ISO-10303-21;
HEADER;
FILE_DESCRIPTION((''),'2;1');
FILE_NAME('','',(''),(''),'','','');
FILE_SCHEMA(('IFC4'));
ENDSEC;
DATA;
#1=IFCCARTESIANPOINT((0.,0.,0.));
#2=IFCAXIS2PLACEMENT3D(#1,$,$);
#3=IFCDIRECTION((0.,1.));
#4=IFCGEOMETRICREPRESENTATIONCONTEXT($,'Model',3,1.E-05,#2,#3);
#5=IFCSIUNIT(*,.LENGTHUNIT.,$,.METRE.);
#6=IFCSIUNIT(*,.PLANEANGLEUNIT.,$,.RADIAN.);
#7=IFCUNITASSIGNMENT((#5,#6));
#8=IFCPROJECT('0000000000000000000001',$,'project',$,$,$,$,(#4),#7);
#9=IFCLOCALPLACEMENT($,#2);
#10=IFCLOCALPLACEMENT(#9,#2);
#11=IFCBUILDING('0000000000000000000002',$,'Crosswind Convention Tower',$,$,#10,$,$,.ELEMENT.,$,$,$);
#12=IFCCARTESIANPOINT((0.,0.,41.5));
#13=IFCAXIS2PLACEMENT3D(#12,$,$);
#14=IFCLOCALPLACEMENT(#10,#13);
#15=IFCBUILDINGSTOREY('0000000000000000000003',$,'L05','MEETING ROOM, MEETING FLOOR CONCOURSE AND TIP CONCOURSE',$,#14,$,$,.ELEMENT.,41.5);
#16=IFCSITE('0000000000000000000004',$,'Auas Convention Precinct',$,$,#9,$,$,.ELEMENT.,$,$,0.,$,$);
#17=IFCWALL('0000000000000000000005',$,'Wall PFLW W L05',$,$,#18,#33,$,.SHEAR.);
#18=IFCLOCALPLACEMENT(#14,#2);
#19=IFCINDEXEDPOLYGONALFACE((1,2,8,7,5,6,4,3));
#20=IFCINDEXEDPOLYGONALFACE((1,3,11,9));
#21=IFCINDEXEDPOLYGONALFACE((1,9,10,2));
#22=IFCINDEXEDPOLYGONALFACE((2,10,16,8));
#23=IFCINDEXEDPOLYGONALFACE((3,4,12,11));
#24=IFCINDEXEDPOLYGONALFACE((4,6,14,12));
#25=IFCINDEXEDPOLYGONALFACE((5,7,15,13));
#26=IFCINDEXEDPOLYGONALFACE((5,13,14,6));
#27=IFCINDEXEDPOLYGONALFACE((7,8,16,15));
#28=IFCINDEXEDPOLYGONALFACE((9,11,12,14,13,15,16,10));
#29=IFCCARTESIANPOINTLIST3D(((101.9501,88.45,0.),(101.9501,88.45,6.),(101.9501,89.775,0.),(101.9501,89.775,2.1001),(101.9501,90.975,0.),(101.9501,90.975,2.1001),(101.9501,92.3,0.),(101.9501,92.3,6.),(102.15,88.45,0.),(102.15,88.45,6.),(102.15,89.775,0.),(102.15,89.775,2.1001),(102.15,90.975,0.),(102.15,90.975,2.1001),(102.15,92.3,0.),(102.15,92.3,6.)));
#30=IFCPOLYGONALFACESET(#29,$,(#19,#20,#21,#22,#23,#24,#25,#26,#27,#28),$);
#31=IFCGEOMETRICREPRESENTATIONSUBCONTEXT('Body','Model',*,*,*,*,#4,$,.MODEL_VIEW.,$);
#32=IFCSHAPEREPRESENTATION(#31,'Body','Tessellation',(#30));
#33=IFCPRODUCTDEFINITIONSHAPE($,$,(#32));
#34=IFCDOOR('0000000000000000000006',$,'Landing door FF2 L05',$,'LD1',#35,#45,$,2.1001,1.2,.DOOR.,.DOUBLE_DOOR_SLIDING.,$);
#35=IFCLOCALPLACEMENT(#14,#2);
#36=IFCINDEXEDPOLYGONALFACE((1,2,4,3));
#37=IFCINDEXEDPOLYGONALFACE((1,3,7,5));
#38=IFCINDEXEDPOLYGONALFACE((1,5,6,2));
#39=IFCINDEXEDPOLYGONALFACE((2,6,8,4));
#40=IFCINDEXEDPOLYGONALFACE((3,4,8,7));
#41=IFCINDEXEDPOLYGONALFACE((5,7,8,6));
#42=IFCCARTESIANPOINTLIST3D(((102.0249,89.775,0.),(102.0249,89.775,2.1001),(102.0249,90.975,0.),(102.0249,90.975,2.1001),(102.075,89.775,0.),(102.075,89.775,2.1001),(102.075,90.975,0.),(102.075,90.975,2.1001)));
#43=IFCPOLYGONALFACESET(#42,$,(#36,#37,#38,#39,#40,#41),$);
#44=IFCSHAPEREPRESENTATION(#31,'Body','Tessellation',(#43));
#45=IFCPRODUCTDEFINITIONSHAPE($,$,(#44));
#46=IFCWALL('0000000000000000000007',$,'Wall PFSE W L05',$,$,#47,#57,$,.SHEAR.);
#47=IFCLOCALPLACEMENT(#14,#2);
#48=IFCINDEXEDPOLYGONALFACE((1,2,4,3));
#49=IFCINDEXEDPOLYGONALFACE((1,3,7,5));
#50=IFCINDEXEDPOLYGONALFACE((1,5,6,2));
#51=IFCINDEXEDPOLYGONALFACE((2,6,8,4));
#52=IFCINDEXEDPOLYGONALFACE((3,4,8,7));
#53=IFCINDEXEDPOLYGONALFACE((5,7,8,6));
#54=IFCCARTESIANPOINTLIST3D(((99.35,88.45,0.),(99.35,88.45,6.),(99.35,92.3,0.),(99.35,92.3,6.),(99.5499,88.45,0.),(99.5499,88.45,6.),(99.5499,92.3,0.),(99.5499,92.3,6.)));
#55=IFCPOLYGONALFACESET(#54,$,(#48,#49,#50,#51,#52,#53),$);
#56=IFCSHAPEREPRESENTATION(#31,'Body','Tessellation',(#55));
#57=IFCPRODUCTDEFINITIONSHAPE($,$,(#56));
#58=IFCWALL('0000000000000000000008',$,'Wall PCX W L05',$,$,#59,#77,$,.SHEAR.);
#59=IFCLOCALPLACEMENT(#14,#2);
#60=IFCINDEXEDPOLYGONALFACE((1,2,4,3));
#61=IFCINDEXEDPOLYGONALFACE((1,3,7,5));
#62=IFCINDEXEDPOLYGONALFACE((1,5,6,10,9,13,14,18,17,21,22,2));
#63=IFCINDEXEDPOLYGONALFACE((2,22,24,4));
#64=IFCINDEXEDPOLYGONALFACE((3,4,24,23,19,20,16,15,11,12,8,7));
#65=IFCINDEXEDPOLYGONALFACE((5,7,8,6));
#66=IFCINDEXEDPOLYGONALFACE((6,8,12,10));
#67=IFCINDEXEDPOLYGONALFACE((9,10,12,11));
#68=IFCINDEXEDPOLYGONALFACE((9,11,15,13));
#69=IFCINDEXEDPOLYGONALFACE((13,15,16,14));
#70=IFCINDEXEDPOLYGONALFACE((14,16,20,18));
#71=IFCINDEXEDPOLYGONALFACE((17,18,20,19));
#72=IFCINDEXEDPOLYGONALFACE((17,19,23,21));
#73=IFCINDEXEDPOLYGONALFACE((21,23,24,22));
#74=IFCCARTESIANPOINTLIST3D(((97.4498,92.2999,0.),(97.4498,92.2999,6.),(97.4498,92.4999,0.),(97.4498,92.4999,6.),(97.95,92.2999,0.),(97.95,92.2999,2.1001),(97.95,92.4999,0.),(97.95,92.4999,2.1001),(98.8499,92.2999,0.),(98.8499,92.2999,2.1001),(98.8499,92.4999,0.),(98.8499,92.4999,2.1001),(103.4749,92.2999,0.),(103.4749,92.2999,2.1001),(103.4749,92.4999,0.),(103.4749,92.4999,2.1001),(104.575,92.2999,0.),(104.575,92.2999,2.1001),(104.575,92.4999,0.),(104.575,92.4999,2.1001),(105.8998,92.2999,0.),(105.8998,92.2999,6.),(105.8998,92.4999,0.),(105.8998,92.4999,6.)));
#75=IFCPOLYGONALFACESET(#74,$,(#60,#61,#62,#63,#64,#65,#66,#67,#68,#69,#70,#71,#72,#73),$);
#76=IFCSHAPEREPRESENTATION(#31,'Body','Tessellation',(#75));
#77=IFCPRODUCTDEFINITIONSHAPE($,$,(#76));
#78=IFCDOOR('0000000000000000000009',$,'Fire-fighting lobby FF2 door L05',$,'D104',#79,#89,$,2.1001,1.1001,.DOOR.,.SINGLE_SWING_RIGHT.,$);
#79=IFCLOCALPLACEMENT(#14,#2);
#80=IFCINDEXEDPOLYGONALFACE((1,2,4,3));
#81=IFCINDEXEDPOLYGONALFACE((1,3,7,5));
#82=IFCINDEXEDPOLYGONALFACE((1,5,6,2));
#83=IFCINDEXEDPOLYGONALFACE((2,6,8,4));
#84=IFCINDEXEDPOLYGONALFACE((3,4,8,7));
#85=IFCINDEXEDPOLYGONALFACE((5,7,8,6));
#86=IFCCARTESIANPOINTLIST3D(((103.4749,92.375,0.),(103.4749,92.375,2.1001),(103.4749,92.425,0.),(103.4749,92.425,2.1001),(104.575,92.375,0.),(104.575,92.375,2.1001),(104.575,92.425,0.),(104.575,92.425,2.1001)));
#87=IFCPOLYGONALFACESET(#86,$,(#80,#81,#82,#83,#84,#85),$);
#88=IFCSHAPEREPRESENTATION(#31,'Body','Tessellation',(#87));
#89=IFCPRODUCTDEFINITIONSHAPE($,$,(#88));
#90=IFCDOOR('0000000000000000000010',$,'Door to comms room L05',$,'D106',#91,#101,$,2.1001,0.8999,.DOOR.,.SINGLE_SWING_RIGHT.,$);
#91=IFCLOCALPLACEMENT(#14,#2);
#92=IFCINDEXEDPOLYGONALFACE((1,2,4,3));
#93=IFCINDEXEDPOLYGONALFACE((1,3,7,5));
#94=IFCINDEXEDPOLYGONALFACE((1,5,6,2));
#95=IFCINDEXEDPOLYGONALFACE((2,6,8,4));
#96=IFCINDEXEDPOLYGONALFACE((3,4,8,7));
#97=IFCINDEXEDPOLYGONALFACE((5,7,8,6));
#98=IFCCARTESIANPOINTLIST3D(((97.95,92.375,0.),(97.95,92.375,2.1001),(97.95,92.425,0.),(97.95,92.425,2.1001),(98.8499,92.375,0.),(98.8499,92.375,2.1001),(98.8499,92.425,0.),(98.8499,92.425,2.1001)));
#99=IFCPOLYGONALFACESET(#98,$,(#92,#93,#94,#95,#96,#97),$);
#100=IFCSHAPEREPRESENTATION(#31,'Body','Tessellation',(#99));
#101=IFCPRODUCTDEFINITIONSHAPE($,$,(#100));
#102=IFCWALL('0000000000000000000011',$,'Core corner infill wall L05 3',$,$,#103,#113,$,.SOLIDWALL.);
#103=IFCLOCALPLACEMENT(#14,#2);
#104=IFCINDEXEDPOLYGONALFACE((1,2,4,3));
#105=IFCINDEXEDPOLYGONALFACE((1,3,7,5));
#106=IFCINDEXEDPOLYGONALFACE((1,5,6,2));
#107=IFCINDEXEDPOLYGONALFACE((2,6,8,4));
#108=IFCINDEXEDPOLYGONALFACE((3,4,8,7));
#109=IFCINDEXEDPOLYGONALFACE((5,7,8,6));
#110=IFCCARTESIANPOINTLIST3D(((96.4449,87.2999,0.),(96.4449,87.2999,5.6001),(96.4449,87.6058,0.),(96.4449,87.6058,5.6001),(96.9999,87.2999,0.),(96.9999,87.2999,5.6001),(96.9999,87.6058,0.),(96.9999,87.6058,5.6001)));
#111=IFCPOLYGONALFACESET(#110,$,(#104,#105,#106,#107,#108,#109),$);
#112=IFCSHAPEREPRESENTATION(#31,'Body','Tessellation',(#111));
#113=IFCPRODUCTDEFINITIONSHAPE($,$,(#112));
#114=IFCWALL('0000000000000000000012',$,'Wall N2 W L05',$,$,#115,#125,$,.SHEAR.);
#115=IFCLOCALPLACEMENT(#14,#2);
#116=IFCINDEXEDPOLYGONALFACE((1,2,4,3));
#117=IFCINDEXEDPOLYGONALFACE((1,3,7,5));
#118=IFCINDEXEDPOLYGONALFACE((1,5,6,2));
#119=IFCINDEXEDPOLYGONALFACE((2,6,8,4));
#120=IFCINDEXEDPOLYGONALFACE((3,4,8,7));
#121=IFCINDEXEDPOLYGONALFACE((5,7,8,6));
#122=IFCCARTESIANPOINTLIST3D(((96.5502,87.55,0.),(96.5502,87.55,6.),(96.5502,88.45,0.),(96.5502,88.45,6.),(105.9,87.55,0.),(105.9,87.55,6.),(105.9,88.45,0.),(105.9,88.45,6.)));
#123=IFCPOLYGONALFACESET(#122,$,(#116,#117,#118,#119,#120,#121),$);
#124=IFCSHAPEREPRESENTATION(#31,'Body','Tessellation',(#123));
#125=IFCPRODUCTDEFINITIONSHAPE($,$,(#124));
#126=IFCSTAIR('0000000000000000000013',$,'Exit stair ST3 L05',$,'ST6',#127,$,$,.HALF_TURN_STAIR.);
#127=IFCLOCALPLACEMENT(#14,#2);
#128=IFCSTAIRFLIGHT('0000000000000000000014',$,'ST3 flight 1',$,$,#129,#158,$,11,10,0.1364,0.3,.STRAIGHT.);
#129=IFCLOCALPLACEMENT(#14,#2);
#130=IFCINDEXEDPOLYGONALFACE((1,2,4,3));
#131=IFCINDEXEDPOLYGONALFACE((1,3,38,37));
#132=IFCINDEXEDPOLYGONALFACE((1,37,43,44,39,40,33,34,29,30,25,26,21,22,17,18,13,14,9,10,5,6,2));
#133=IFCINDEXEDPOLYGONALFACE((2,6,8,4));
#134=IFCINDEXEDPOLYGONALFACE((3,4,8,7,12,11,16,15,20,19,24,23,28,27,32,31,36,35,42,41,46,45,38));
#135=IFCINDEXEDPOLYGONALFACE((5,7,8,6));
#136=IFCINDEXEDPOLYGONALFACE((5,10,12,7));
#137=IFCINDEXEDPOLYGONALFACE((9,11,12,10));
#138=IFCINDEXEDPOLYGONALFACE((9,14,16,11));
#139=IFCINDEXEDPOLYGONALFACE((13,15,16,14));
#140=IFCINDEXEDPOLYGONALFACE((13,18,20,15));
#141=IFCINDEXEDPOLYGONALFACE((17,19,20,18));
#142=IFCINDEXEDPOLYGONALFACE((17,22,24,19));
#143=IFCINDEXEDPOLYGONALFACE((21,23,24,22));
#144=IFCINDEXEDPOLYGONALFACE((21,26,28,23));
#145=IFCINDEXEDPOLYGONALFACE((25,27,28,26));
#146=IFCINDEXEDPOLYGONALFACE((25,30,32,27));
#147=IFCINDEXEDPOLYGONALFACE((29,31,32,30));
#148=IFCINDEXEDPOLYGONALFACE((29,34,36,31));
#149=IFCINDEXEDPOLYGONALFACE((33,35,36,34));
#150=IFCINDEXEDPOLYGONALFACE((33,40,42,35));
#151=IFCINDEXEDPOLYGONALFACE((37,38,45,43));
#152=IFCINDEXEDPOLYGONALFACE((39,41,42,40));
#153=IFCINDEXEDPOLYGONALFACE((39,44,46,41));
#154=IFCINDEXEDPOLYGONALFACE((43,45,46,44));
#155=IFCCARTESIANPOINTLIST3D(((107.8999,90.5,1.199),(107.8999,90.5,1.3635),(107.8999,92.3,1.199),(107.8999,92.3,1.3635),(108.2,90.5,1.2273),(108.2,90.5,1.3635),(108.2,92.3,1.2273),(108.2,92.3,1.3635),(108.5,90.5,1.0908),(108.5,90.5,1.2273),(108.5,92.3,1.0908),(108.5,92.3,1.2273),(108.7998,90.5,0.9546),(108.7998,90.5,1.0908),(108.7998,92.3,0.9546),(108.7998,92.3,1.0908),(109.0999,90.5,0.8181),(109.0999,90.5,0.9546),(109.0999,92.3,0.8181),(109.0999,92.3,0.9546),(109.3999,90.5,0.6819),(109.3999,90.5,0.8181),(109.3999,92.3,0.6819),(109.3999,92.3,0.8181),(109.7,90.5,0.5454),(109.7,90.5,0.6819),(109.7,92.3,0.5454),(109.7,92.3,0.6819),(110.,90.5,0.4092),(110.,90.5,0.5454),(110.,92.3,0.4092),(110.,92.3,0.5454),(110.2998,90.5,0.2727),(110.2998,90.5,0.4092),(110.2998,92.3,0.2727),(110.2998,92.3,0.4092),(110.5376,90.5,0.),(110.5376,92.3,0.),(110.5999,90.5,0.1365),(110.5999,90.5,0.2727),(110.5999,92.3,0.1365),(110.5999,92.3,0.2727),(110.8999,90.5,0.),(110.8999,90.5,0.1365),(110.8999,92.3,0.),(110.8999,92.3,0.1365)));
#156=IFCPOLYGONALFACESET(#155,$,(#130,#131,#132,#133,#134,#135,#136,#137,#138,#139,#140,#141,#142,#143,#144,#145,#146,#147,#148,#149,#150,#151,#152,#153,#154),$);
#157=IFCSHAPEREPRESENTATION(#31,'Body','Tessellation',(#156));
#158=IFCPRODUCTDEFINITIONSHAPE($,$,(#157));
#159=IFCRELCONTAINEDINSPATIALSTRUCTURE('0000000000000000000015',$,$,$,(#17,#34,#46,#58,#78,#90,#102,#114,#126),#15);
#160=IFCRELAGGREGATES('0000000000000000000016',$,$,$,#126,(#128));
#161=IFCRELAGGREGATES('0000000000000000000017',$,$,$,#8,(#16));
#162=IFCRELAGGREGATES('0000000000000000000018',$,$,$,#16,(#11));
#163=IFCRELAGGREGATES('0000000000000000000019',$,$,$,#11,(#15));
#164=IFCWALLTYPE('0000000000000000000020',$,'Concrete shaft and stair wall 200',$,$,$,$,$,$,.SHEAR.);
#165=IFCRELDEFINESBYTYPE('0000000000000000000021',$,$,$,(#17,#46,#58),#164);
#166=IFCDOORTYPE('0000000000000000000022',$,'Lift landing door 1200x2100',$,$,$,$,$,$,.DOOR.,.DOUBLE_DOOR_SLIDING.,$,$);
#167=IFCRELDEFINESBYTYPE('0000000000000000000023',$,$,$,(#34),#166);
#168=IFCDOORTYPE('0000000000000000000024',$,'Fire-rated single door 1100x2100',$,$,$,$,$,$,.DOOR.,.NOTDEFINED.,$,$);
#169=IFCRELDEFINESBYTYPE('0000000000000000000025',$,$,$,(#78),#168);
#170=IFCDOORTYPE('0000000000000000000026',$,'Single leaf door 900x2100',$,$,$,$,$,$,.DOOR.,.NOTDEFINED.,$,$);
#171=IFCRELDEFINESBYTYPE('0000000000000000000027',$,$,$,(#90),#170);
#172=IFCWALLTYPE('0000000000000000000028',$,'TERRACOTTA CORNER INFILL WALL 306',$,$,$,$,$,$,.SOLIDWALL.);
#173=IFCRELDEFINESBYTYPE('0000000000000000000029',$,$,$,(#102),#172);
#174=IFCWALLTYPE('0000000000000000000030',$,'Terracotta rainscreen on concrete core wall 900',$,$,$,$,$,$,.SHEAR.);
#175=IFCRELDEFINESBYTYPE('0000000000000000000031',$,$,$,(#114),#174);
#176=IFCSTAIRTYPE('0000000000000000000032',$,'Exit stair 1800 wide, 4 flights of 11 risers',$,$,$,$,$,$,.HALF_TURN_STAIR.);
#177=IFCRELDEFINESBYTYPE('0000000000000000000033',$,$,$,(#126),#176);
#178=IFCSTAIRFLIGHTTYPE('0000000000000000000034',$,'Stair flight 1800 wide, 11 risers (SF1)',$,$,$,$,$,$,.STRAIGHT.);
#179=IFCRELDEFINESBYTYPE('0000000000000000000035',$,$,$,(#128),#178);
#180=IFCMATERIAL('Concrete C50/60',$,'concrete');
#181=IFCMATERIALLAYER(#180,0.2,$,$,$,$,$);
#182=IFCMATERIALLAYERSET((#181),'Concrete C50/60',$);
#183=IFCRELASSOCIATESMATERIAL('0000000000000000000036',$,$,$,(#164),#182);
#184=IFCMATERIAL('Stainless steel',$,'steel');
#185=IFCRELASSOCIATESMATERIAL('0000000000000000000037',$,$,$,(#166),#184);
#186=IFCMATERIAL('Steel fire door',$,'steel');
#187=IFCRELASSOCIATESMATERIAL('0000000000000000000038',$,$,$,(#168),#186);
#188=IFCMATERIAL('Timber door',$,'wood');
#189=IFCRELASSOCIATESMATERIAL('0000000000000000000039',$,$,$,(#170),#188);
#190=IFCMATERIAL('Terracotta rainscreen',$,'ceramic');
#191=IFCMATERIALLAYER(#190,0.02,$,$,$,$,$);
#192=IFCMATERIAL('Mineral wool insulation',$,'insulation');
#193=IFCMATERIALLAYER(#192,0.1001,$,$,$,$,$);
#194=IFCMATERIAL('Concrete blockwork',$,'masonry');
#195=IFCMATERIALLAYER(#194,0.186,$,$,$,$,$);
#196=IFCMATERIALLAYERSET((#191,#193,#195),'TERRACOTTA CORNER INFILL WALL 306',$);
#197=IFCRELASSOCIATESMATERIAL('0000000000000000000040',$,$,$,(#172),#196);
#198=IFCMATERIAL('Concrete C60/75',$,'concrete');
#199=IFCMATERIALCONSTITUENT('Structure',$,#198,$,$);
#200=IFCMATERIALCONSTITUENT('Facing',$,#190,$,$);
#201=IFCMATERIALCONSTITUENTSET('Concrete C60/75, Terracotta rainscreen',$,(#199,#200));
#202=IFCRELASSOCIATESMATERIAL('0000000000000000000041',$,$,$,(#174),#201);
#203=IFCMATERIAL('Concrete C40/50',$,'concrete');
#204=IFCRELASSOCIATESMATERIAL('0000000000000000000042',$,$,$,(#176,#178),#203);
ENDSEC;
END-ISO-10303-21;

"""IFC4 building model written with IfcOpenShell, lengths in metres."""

from ifc_helpers import new_model, si_unit, direction, frame, frame_2d, origin, place, context, subcontext, project, spatial, polyline, rectangle, outline, extrude, material, layer, layer_set, constituent, constituent_set, type_object, element, fill, aggregate, save


model = new_model("IFC4")

# Units and contexts
model_context = context("Model", 3, precision=1e-05, world=origin(), true_north=direction((0.0, 1.0)))
body_context = subcontext(model_context, "Body", "Model", "MODEL_VIEW")
ifc_project = project(units=[si_unit("LENGTHUNIT", "METRE"), si_unit("PLANEANGLEUNIT", "RADIAN")], contexts=[model_context])

# Site, building, storey
site_placement = place(None, origin())
site = spatial("IfcSite", under=ifc_project, at=site_placement, Name="Auas Convention Precinct", CompositionType="ELEMENT", RefElevation=0.0)
building_placement = place(site_placement, origin())
building = spatial("IfcBuilding", under=site, at=building_placement, Name="Crosswind Convention Tower", CompositionType="ELEMENT")
storey_placement = place(building_placement, frame((0.0, 0.0, 41.5)))
storey = spatial("IfcBuildingStorey", under=building, at=storey_placement, Name="L05", Description="MEETING ROOM, MEETING FLOOR CONCOURSE AND TIP CONCOURSE", CompositionType="ELEMENT", Elevation=41.5)

# Shared definitions
ifc_material_1 = material(Name="Concrete C50/60", Category="concrete")
ifc_layer_1 = layer(ifc_material_1, 0.2)
ifc_layer_set_1 = layer_set([ifc_layer_1], Name="Concrete C50/60")
wall_type_1 = type_object("IfcWallType", Name="Concrete shaft and stair wall 200", PredefinedType="SHEAR", material=ifc_layer_set_1)

# Wall, opening, door
wall_1_placement = place(storey_placement, frame((102.05, 92.3, 0.0), z_axis=(0.0, 0.0, 1.0), x_axis=(0.0, -1.0, 0.0)))
wall_1 = element("IfcWall", 1, at=wall_1_placement, inside=storey, type_object=wall_type_1, Name="Wall PFLW W L05", PredefinedType="SHEAR", context=body_context, shape_type="SweptSolid", body=[
    extrude(rectangle(XDim=3.8501, YDim=0.2, at=frame_2d((1.925, 0.0))), origin(), (0.0, 0.0, 1.0), 6.0),
])
opening_1_placement = place(wall_1_placement, frame((1.325, 0.0, 0.0)))
opening_1 = element("IfcOpeningElement", 2, at=opening_1_placement, cuts=wall_1, PredefinedType="OPENING", context=body_context, shape_type="SweptSolid", body=[
    extrude(rectangle(XDim=1.2, YDim=2.1001, at=frame_2d((0.6001, 1.05))), frame((0.0, 0.1099, 0.0), z_axis=(0.0, -1.0, 0.0), x_axis=(1.0, 0.0, 0.0)), (0.0, 0.0, 1.0), 0.22),
])
ifc_material_2 = material(Name="Stainless steel", Category="steel")
door_type_1 = type_object("IfcDoorType", Name="Lift landing door 1200x2100", OperationType="DOUBLE_DOOR_SLIDING", PredefinedType="DOOR", material=ifc_material_2)
door_1_placement = place(opening_1_placement, origin())
door_1 = element("IfcDoor", 3, at=door_1_placement, inside=storey, type_object=door_type_1, Name="Landing door FF2 L05", ObjectType="LD1", OperationType="DOUBLE_DOOR_SLIDING", OverallHeight=2.1001, OverallWidth=1.2, PredefinedType="DOOR", context=body_context, shape_type="SweptSolid", body=[
    extrude(rectangle(XDim=1.2, YDim=2.1001, at=frame_2d((0.6001, 1.05))), frame((0.0, 0.0249, 0.0), z_axis=(0.0, -1.0, 0.0), x_axis=(1.0, 0.0, 0.0)), (0.0, 0.0, 1.0), 0.05),
])
fill(opening_1, door_1)

# Wall
wall_2_placement = place(storey_placement, frame((99.45, 92.3, 0.0), z_axis=(0.0, 0.0, 1.0), x_axis=(0.0, -1.0, 0.0)))
element("IfcWall", 4, at=wall_2_placement, inside=storey, type_object=wall_type_1, Name="Wall PFSE W L05", PredefinedType="SHEAR", context=body_context, shape_type="SweptSolid", body=[
    extrude(rectangle(XDim=3.8501, YDim=0.2, at=frame_2d((1.925, 0.0))), origin(), (0.0, 0.0, 1.0), 6.0),
])

# Wall, openings, doors
wall_3_placement = place(storey_placement, frame((105.8999, 92.3999, 0.0), z_axis=(0.0, 0.0, 1.0), x_axis=(-1.0, 0.0, 0.0)))
wall_3 = element("IfcWall", 5, at=wall_3_placement, inside=storey, type_object=wall_type_1, Name="Wall PCX W L05", PredefinedType="SHEAR", context=body_context, shape_type="SweptSolid", body=[
    extrude(rectangle(XDim=8.45, YDim=0.2, at=frame_2d((4.2251, 0.0))), origin(), (0.0, 0.0, 1.0), 6.0),
])
opening_2_placement = place(wall_3_placement, frame((1.325, 0.0, 0.0)))
opening_2 = element("IfcOpeningElement", 6, at=opening_2_placement, cuts=wall_3, PredefinedType="OPENING", context=body_context, shape_type="SweptSolid", body=[
    extrude(rectangle(XDim=1.1001, YDim=2.1001, at=frame_2d((0.55, 1.05))), frame((0.0, 0.1099, 0.0), z_axis=(0.0, -1.0, 0.0), x_axis=(1.0, 0.0, 0.0)), (0.0, 0.0, 1.0), 0.22),
])
opening_3_placement = place(wall_3_placement, frame((7.05, 0.0, 0.0)))
opening_3 = element("IfcOpeningElement", 7, at=opening_3_placement, cuts=wall_3, PredefinedType="OPENING", context=body_context, shape_type="SweptSolid", body=[
    extrude(rectangle(XDim=0.8999, YDim=2.1001, at=frame_2d((0.45, 1.05))), frame((0.0, 0.1099, 0.0), z_axis=(0.0, -1.0, 0.0), x_axis=(1.0, 0.0, 0.0)), (0.0, 0.0, 1.0), 0.22),
])
ifc_material_3 = material(Name="Steel fire door", Category="steel")
door_type_2 = type_object("IfcDoorType", Name="Fire-rated single door 1100x2100", OperationType="NOTDEFINED", PredefinedType="DOOR", material=ifc_material_3)
door_2_placement = place(opening_2_placement, origin())
door_2 = element("IfcDoor", 8, at=door_2_placement, inside=storey, type_object=door_type_2, Name="Fire-fighting lobby FF2 door L05", ObjectType="D104", OperationType="SINGLE_SWING_RIGHT", OverallHeight=2.1001, OverallWidth=1.1001, PredefinedType="DOOR", context=body_context, shape_type="SweptSolid", body=[
    extrude(rectangle(XDim=1.1001, YDim=2.1001, at=frame_2d((0.55, 1.05))), frame((0.0, 0.0249, 0.0), z_axis=(0.0, -1.0, 0.0), x_axis=(1.0, 0.0, 0.0)), (0.0, 0.0, 1.0), 0.05),
])
fill(opening_2, door_2)
ifc_material_4 = material(Name="Timber door", Category="wood")
door_type_3 = type_object("IfcDoorType", Name="Single leaf door 900x2100", OperationType="NOTDEFINED", PredefinedType="DOOR", material=ifc_material_4)
door_3_placement = place(opening_3_placement, origin())
door_3 = element("IfcDoor", 9, at=door_3_placement, inside=storey, type_object=door_type_3, Name="Door to comms room L05", ObjectType="D106", OperationType="SINGLE_SWING_RIGHT", OverallHeight=2.1001, OverallWidth=0.8999, PredefinedType="DOOR", context=body_context, shape_type="SweptSolid", body=[
    extrude(rectangle(XDim=0.8999, YDim=2.1001, at=frame_2d((0.45, 1.05))), frame((0.0, 0.0249, 0.0), z_axis=(0.0, -1.0, 0.0), x_axis=(1.0, 0.0, 0.0)), (0.0, 0.0, 1.0), 0.05),
])
fill(opening_3, door_3)

# Walls
ifc_material_5 = material(Name="Terracotta rainscreen", Category="ceramic")
ifc_layer_2 = layer(ifc_material_5, 0.02)
ifc_material_6 = material(Name="Mineral wool insulation", Category="insulation")
ifc_layer_3 = layer(ifc_material_6, 0.1001)
ifc_material_7 = material(Name="Concrete blockwork", Category="masonry")
ifc_layer_4 = layer(ifc_material_7, 0.186)
ifc_layer_set_2 = layer_set([ifc_layer_2, ifc_layer_3, ifc_layer_4], Name="TERRACOTTA CORNER INFILL WALL 306")
wall_type_2 = type_object("IfcWallType", Name="TERRACOTTA CORNER INFILL WALL 306", PredefinedType="SOLIDWALL", material=ifc_layer_set_2)
wall_4_placement = place(storey_placement, frame((96.4451, 87.4529, 0.0), z_axis=(0.0, 0.0, 1.0), x_axis=(1.0, 0.0, 0.0)))
element("IfcWall", 10, at=wall_4_placement, inside=storey, type_object=wall_type_2, Name="Core corner infill wall L05 3", PredefinedType="SOLIDWALL", context=body_context, shape_type="SweptSolid", body=[
    extrude(rectangle(XDim=0.5549, YDim=0.3059, at=frame_2d((0.2773, 0.0))), origin(), (0.0, 0.0, 1.0), 5.6001),
])
ifc_material_8 = material(Name="Concrete C60/75", Category="concrete")
ifc_constituent_1 = constituent(ifc_material_8, Name="Structure")
ifc_constituent_2 = constituent(ifc_material_5, Name="Facing")
ifc_constituent_set = constituent_set(constituents=[ifc_constituent_1, ifc_constituent_2], Name="Concrete C60/75, Terracotta rainscreen")
wall_type_3 = type_object("IfcWallType", Name="Terracotta rainscreen on concrete core wall 900", PredefinedType="SHEAR", material=ifc_constituent_set)
wall_5_placement = place(storey_placement, frame((105.8999, 88.0, 0.0), z_axis=(0.0, 0.0, 1.0), x_axis=(-1.0, 0.0, 0.0)))
element("IfcWall", 11, at=wall_5_placement, inside=storey, type_object=wall_type_3, Name="Wall N2 W L05", PredefinedType="SHEAR", context=body_context, shape_type="SweptSolid", body=[
    extrude(rectangle(XDim=9.3499, YDim=0.8999, at=frame_2d((4.6748, 0.0))), origin(), (0.0, 0.0, 1.0), 6.0),
])

# Stair, stair flight
ifc_material_9 = material(Name="Concrete C40/50", Category="concrete")
stair_type = type_object("IfcStairType", Name="Exit stair 1800 wide, 4 flights of 11 risers", PredefinedType="HALF_TURN_STAIR", material=ifc_material_9)
stair_placement = place(storey_placement, origin())
stair = element("IfcStair", 12, at=stair_placement, inside=storey, type_object=stair_type, Name="Exit stair ST3 L05", ObjectType="ST6", PredefinedType="HALF_TURN_STAIR")
stair_flight_type = type_object("IfcStairFlightType", Name="Stair flight 1800 wide, 11 risers (SF1)", PredefinedType="STRAIGHT", material=ifc_material_9)
stair_flight_1_placement = place(storey_placement, frame((110.8999, 91.3999, 0.0), z_axis=(0.0, 0.0, 1.0), x_axis=(-1.0, 0.0, 0.0)))
stair_flight_1 = element("IfcStairFlight", 13, at=stair_flight_1_placement, type_object=stair_flight_type, Name="ST3 flight 1", NumberOfRisers=11, NumberOfTreads=10, PredefinedType="STRAIGHT", RiserHeight=0.1364, TreadLength=0.3, context=body_context, shape_type="SweptSolid", body=[
    extrude(outline(polyline([(0.0, 0.0), (0.0, 0.1365), (0.3, 0.1365), (0.3, 0.2727), (0.6001, 0.2727), (0.6001, 0.4092), (0.8999, 0.4092), (0.8999, 0.5454), (1.2, 0.5454), (1.2, 0.6819), (1.5, 0.6819), (1.5, 0.8181), (1.8, 0.8181), (1.8, 0.9546), (2.1001, 0.9546), (2.1001, 1.0908), (2.3999, 1.0908), (2.3999, 1.2273), (2.7, 1.2273), (2.7, 1.3635), (3.0, 1.3635), (3.0, 1.5), (3.0, 1.199), (0.3623, 0.0), (0.0, 0.0)])), frame((0.0, 0.8999, 0.0), z_axis=(0.0, -1.0, 0.0), x_axis=(1.0, 0.0, 0.0)), (0.0, 0.0, 1.0), 1.8),
])
aggregate(stair, [stair_flight_1])

save(model, "model.ifc")
